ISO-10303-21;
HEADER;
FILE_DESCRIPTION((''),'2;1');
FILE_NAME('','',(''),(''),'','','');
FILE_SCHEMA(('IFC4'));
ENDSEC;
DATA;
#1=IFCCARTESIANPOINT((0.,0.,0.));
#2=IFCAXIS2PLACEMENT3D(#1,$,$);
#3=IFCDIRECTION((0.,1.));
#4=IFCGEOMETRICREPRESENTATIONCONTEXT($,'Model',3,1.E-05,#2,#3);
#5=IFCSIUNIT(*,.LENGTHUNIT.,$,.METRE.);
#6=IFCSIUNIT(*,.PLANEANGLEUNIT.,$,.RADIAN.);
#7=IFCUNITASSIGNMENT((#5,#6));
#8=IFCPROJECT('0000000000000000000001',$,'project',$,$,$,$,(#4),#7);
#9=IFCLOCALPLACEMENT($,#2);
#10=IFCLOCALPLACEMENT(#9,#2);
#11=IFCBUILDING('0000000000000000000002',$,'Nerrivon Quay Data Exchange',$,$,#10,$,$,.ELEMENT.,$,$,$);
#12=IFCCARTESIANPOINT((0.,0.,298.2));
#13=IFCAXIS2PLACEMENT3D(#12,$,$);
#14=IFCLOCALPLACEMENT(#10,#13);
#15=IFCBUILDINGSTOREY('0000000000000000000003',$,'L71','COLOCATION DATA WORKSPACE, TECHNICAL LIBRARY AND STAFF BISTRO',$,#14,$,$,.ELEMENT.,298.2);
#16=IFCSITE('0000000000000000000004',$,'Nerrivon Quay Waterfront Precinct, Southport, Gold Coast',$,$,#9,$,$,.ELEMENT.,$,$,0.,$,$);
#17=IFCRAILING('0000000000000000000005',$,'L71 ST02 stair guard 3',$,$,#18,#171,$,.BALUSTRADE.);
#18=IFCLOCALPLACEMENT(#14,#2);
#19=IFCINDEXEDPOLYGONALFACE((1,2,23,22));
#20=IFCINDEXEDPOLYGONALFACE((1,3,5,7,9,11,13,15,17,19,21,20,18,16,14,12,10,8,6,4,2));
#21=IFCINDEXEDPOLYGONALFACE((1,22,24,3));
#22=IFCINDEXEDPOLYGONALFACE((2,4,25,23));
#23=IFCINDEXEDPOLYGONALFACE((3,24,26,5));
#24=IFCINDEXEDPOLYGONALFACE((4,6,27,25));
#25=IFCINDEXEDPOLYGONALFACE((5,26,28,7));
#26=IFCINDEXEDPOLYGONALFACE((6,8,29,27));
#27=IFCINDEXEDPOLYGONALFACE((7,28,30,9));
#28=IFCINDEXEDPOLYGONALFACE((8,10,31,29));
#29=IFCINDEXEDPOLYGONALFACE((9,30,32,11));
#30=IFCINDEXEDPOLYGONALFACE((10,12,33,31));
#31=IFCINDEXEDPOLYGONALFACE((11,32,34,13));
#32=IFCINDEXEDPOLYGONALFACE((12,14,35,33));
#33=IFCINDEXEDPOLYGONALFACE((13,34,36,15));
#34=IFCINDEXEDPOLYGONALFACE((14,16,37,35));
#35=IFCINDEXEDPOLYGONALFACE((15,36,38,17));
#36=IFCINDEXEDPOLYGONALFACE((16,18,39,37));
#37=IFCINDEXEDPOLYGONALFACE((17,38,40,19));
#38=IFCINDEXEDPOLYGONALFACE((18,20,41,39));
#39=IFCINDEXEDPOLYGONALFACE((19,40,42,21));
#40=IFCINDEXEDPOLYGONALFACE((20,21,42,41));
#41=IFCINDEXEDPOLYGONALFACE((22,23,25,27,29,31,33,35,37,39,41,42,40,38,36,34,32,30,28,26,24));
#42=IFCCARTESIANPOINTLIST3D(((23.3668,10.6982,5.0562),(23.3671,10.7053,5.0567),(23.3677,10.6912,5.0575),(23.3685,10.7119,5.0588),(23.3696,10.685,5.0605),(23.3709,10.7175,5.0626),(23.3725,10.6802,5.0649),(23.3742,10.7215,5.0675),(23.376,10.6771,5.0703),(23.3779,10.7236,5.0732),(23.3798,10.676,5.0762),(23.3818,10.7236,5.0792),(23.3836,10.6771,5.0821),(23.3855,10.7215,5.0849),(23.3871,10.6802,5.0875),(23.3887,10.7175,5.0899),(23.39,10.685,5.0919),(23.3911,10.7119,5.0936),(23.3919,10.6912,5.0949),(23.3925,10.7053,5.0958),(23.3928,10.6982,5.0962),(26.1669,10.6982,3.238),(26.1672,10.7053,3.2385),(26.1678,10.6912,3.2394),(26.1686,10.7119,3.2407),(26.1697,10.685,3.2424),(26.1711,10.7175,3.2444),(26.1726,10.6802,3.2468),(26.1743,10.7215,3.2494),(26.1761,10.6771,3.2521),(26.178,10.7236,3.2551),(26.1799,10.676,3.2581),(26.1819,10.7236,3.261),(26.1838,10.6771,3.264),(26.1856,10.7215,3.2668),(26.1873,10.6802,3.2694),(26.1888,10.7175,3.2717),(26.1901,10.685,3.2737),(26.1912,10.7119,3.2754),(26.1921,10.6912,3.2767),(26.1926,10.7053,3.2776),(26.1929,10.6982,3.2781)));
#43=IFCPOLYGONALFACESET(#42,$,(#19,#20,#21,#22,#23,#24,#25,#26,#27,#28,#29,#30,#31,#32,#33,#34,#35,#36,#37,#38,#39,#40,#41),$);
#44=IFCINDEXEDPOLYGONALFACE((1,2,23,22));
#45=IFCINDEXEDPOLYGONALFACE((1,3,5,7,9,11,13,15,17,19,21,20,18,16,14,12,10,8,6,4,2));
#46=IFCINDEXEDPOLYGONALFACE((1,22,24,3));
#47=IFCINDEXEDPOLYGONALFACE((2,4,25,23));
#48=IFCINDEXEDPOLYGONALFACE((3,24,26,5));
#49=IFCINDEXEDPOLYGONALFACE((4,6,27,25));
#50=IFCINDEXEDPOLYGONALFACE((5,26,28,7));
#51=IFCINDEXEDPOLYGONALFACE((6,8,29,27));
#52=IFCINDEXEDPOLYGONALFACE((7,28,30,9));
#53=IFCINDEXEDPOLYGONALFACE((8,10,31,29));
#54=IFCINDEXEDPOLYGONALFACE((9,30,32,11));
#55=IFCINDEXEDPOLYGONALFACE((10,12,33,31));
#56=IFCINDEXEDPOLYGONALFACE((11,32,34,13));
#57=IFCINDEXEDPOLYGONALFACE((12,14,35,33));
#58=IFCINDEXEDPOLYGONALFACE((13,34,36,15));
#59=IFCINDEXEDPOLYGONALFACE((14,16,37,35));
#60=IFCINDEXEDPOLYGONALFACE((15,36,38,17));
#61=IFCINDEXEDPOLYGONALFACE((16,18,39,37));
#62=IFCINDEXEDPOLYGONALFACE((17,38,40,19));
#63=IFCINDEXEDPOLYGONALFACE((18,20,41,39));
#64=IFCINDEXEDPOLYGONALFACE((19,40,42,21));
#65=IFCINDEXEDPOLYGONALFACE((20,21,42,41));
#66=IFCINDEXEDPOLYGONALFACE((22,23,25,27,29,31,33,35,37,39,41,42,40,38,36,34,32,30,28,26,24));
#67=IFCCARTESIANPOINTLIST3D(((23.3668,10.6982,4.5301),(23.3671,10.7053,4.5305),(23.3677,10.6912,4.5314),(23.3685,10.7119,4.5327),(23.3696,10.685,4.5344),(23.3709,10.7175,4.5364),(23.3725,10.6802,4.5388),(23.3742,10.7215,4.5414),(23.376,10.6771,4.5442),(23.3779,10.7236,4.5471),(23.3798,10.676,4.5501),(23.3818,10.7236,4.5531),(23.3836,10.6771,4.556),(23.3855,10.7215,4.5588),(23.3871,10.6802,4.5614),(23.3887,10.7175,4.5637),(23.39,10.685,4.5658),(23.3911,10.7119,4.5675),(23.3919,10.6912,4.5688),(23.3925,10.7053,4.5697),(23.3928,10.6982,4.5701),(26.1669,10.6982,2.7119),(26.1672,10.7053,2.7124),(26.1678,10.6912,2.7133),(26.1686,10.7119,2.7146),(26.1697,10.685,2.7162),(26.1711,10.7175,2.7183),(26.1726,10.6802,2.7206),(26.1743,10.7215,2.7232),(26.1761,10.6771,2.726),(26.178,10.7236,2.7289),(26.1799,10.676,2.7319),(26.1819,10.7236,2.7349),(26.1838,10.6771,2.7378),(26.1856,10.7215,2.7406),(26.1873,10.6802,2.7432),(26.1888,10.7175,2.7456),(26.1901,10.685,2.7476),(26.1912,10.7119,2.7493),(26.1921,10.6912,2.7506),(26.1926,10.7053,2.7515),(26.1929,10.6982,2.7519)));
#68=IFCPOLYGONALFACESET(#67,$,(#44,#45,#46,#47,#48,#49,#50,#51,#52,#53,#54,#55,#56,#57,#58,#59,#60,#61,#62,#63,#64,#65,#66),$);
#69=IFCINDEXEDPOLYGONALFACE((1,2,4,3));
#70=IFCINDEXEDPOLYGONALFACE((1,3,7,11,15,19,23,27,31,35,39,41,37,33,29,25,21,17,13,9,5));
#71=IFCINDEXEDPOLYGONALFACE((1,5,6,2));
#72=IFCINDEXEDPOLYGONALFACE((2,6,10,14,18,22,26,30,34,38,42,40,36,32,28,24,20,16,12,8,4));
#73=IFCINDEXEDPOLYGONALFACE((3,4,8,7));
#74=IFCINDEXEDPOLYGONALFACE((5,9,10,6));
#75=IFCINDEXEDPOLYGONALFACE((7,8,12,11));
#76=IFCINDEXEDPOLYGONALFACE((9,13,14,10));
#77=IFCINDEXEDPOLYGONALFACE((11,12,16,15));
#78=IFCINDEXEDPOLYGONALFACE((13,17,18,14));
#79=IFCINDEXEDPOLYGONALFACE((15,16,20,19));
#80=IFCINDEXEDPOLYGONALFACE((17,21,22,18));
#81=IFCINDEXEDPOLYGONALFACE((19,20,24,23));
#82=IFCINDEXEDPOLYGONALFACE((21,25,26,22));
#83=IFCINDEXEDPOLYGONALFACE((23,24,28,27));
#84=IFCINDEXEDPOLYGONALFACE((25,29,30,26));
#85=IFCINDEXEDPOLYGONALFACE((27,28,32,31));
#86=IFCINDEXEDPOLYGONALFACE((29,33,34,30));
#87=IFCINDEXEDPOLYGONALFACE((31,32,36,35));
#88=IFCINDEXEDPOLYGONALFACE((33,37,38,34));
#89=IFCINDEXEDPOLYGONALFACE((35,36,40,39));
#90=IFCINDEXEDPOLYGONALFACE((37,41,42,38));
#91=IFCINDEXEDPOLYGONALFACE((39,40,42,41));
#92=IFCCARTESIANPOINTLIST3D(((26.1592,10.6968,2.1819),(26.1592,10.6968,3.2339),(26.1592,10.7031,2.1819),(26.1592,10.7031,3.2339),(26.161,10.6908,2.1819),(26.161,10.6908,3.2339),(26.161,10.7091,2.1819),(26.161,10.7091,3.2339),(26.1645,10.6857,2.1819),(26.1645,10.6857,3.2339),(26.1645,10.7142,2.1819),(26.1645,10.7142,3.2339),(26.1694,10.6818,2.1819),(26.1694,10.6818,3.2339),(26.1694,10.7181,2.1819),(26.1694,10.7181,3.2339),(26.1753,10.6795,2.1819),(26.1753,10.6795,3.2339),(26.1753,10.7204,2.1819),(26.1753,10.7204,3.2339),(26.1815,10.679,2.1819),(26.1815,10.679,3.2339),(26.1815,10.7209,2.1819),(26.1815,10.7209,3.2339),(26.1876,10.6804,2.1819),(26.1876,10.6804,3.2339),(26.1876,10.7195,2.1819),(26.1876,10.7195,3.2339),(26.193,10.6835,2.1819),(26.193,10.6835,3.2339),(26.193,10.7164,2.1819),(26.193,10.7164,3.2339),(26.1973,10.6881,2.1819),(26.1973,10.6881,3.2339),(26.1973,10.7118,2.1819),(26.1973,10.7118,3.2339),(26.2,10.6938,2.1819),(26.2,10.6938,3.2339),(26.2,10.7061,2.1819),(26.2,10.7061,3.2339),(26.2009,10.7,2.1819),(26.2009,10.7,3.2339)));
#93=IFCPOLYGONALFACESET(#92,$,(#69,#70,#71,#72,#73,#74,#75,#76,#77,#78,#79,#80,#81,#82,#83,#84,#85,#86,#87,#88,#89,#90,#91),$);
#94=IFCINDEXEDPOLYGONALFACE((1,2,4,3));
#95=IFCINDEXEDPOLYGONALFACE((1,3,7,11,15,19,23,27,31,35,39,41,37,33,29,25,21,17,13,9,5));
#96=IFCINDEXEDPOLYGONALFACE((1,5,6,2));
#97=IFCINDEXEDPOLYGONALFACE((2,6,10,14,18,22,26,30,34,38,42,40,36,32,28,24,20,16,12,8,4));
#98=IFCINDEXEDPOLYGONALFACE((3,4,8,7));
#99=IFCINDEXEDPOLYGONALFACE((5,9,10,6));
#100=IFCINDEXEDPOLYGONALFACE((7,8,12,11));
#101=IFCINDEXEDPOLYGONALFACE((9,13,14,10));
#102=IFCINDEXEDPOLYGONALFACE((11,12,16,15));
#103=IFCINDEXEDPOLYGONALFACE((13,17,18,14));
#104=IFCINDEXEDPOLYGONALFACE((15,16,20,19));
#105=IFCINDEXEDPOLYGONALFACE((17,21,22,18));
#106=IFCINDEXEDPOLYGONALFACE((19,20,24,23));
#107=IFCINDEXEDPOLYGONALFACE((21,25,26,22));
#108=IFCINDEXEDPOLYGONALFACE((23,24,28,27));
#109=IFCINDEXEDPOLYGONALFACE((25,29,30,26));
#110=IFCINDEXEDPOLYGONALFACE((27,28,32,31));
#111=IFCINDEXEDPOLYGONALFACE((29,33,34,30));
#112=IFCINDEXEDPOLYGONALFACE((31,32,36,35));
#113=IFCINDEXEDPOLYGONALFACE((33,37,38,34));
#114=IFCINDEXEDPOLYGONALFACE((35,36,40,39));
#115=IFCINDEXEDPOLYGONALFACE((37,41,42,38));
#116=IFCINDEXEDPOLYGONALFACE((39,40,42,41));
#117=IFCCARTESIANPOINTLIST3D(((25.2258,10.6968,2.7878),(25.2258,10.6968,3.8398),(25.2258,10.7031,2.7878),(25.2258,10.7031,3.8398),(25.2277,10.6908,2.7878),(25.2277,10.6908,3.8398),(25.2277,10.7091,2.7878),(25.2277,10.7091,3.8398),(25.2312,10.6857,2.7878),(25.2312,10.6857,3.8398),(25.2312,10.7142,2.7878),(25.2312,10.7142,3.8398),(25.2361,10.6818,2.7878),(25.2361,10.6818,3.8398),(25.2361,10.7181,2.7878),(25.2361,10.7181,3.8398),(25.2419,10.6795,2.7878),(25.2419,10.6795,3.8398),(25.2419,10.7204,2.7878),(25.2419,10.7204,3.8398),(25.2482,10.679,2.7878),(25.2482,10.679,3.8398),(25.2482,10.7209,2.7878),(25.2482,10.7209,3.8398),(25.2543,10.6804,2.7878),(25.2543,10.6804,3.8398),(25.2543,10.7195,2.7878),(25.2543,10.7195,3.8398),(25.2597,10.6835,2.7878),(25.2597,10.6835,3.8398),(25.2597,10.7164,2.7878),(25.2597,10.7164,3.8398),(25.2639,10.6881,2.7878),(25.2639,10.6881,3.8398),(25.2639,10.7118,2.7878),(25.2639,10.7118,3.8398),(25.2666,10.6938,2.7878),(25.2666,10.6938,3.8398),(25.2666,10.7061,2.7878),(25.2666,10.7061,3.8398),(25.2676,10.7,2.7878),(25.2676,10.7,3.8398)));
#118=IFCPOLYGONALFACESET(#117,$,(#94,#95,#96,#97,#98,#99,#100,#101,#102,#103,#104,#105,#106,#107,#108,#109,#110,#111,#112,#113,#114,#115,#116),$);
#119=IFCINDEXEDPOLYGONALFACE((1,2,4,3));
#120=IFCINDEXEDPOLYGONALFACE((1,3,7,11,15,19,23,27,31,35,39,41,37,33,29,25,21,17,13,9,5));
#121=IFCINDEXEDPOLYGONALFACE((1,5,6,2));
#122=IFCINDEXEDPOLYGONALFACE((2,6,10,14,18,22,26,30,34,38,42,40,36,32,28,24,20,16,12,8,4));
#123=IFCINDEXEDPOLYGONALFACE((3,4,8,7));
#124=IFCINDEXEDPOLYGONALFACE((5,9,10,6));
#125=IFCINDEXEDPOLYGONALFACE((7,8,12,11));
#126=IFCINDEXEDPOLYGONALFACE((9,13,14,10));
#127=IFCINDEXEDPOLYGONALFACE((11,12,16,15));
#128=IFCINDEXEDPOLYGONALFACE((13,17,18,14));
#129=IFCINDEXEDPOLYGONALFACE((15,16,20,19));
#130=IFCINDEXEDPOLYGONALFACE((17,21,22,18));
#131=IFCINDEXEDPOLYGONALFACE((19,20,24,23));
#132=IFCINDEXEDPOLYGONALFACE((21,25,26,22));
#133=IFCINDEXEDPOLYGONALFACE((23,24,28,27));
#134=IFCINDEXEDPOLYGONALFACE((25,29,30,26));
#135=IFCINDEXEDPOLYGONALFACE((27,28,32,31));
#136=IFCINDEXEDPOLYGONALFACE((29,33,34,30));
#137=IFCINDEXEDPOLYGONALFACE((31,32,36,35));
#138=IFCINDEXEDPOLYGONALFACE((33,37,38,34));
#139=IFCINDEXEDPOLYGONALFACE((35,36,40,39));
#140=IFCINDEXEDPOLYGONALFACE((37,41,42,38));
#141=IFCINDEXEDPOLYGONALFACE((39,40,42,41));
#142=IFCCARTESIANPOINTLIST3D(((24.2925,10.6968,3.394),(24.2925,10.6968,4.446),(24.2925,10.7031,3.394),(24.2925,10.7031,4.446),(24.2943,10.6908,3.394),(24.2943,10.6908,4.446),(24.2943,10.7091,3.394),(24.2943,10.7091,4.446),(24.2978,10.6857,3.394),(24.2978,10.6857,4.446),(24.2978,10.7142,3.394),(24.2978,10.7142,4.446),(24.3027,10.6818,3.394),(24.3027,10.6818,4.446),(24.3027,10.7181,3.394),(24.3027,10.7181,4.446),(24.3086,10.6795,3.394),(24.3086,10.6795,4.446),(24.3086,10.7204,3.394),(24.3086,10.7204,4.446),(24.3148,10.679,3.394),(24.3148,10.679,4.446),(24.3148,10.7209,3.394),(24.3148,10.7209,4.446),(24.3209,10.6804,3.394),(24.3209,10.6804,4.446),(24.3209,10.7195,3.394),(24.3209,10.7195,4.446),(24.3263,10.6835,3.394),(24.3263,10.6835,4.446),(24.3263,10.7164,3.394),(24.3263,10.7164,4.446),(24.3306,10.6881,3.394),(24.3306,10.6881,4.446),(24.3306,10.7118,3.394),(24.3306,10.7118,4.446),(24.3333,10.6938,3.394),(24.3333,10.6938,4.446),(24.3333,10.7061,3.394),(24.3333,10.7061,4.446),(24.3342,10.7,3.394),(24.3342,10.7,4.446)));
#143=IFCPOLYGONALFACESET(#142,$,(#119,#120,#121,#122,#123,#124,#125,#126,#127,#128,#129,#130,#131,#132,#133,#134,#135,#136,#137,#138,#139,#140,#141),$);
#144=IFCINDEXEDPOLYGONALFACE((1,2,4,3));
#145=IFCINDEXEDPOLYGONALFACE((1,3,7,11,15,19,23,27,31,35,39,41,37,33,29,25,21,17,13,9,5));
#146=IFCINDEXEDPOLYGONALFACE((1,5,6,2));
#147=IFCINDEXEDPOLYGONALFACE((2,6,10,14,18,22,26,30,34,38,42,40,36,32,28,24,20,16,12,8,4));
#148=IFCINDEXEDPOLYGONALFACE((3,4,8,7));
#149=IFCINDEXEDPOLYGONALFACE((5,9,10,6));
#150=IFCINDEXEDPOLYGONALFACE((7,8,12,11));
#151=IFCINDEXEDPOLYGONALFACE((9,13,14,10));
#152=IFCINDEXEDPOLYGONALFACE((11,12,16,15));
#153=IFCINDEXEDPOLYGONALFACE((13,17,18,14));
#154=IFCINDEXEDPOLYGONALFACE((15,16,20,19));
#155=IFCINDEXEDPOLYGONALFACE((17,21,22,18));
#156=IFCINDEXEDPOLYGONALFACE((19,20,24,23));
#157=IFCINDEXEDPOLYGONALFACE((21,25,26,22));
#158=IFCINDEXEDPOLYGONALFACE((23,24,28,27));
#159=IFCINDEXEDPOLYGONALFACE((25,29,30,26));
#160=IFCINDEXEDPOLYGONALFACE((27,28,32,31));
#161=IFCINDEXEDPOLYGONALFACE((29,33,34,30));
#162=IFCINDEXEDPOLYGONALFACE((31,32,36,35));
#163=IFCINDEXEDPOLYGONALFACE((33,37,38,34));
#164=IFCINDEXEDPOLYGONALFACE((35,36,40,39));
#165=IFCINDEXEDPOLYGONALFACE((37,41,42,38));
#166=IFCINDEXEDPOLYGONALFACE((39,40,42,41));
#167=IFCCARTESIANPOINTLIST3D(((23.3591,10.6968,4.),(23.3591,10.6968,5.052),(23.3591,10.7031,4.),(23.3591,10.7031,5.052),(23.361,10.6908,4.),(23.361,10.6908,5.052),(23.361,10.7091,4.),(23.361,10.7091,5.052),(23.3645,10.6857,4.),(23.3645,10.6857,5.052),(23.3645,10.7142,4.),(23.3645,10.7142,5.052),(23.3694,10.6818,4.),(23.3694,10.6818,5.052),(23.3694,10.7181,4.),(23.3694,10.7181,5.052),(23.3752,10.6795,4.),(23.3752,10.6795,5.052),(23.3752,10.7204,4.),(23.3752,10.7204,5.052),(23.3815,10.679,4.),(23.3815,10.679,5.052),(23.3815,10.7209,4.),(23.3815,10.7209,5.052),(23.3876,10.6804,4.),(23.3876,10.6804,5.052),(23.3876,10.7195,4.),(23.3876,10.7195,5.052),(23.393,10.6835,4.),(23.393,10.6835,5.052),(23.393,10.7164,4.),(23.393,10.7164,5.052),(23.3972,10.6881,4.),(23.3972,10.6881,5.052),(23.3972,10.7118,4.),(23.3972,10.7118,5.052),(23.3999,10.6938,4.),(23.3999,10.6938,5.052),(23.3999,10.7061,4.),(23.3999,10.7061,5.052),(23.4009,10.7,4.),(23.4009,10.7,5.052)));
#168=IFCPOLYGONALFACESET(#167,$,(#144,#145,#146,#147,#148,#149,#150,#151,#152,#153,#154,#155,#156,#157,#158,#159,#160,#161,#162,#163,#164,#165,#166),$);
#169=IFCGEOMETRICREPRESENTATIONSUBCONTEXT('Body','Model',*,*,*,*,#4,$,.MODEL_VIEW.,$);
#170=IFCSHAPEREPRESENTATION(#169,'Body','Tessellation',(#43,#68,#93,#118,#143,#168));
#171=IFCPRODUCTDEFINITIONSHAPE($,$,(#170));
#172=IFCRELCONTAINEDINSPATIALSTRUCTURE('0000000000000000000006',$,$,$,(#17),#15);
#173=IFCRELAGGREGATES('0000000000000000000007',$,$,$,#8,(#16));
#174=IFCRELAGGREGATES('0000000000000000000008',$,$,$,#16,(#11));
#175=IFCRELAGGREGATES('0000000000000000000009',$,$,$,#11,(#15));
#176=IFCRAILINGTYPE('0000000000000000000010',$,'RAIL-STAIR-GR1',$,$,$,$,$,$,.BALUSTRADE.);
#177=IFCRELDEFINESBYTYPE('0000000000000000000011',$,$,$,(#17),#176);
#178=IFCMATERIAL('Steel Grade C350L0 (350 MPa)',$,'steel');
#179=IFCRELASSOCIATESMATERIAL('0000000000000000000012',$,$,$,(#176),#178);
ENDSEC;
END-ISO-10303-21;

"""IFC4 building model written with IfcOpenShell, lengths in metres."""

from ifc_helpers import new_model, si_unit, direction, frame, origin, origin_2d, place, context, subcontext, project, spatial, circle, extrude, material, type_object, element, save


model = new_model("IFC4")

# Units and contexts
model_context = context("Model", 3, precision=1e-05, world=origin(), true_north=direction((0.0, 1.0)))
body_context = subcontext(model_context, "Body", "Model", "MODEL_VIEW")
ifc_project = project(units=[si_unit("LENGTHUNIT", "METRE"), si_unit("PLANEANGLEUNIT", "RADIAN")], contexts=[model_context])

# Site, building, storey
site_placement = place(None, origin())
site = spatial("IfcSite", under=ifc_project, at=site_placement, Name="Nerrivon Quay Waterfront Precinct, Southport, Gold Coast", CompositionType="ELEMENT", RefElevation=0.0)
building_placement = place(site_placement, origin())
building = spatial("IfcBuilding", under=site, at=building_placement, Name="Nerrivon Quay Data Exchange", CompositionType="ELEMENT")
storey_placement = place(building_placement, frame((0.0, 0.0, 298.2)))
storey = spatial("IfcBuildingStorey", under=building, at=storey_placement, Name="L71", Description="COLOCATION DATA WORKSPACE, TECHNICAL LIBRARY AND STAFF BISTRO", CompositionType="ELEMENT", Elevation=298.2)

# Railing
ifc_material_1 = material(Name="Steel Grade C350L0 (350 MPa)", Category="steel")
railing_type_1 = type_object("IfcRailingType", Name="RAIL-STAIR-GR1", PredefinedType="BALUSTRADE", material=ifc_material_1)
railing_1_placement = place(storey_placement, frame((26.1799, 10.7, 2.1819)))
element("IfcRailing", 1, at=railing_1_placement, inside=storey, type_object=railing_type_1, Name="L71 ST02 stair guard 3", PredefinedType="BALUSTRADE", context=body_context, shape_type="SweptSolid", body=[
    extrude(circle(Radius=0.0239, at=origin_2d()), frame((0.0, 0.0, 1.0762), z_axis=(-0.838706, 0.0, 0.544585), x_axis=(0.0, -1.0, 0.0)), (0.0, 0.0, 1.0), 3.3386),
    extrude(circle(Radius=0.0239, at=origin_2d()), frame((0.0, 0.0, 0.55), z_axis=(-0.838706, 0.0, 0.544585), x_axis=(0.0, -1.0, 0.0)), (0.0, 0.0, 1.0), 3.3386),
    extrude(circle(Radius=0.021, at=origin_2d()), origin(), (0.0, 0.0, 1.0), 1.052),
    extrude(circle(Radius=0.021, at=origin_2d()), frame((-0.9333, 0.0, 0.606)), (0.0, 0.0, 1.0), 1.052),
    extrude(circle(Radius=0.021, at=origin_2d()), frame((-1.8667, 0.0, 1.2122)), (0.0, 0.0, 1.0), 1.052),
    extrude(circle(Radius=0.021, at=origin_2d()), frame((-2.8, 0.0, 1.8181)), (0.0, 0.0, 1.0), 1.052),
])

save(model, "model.ifc")
